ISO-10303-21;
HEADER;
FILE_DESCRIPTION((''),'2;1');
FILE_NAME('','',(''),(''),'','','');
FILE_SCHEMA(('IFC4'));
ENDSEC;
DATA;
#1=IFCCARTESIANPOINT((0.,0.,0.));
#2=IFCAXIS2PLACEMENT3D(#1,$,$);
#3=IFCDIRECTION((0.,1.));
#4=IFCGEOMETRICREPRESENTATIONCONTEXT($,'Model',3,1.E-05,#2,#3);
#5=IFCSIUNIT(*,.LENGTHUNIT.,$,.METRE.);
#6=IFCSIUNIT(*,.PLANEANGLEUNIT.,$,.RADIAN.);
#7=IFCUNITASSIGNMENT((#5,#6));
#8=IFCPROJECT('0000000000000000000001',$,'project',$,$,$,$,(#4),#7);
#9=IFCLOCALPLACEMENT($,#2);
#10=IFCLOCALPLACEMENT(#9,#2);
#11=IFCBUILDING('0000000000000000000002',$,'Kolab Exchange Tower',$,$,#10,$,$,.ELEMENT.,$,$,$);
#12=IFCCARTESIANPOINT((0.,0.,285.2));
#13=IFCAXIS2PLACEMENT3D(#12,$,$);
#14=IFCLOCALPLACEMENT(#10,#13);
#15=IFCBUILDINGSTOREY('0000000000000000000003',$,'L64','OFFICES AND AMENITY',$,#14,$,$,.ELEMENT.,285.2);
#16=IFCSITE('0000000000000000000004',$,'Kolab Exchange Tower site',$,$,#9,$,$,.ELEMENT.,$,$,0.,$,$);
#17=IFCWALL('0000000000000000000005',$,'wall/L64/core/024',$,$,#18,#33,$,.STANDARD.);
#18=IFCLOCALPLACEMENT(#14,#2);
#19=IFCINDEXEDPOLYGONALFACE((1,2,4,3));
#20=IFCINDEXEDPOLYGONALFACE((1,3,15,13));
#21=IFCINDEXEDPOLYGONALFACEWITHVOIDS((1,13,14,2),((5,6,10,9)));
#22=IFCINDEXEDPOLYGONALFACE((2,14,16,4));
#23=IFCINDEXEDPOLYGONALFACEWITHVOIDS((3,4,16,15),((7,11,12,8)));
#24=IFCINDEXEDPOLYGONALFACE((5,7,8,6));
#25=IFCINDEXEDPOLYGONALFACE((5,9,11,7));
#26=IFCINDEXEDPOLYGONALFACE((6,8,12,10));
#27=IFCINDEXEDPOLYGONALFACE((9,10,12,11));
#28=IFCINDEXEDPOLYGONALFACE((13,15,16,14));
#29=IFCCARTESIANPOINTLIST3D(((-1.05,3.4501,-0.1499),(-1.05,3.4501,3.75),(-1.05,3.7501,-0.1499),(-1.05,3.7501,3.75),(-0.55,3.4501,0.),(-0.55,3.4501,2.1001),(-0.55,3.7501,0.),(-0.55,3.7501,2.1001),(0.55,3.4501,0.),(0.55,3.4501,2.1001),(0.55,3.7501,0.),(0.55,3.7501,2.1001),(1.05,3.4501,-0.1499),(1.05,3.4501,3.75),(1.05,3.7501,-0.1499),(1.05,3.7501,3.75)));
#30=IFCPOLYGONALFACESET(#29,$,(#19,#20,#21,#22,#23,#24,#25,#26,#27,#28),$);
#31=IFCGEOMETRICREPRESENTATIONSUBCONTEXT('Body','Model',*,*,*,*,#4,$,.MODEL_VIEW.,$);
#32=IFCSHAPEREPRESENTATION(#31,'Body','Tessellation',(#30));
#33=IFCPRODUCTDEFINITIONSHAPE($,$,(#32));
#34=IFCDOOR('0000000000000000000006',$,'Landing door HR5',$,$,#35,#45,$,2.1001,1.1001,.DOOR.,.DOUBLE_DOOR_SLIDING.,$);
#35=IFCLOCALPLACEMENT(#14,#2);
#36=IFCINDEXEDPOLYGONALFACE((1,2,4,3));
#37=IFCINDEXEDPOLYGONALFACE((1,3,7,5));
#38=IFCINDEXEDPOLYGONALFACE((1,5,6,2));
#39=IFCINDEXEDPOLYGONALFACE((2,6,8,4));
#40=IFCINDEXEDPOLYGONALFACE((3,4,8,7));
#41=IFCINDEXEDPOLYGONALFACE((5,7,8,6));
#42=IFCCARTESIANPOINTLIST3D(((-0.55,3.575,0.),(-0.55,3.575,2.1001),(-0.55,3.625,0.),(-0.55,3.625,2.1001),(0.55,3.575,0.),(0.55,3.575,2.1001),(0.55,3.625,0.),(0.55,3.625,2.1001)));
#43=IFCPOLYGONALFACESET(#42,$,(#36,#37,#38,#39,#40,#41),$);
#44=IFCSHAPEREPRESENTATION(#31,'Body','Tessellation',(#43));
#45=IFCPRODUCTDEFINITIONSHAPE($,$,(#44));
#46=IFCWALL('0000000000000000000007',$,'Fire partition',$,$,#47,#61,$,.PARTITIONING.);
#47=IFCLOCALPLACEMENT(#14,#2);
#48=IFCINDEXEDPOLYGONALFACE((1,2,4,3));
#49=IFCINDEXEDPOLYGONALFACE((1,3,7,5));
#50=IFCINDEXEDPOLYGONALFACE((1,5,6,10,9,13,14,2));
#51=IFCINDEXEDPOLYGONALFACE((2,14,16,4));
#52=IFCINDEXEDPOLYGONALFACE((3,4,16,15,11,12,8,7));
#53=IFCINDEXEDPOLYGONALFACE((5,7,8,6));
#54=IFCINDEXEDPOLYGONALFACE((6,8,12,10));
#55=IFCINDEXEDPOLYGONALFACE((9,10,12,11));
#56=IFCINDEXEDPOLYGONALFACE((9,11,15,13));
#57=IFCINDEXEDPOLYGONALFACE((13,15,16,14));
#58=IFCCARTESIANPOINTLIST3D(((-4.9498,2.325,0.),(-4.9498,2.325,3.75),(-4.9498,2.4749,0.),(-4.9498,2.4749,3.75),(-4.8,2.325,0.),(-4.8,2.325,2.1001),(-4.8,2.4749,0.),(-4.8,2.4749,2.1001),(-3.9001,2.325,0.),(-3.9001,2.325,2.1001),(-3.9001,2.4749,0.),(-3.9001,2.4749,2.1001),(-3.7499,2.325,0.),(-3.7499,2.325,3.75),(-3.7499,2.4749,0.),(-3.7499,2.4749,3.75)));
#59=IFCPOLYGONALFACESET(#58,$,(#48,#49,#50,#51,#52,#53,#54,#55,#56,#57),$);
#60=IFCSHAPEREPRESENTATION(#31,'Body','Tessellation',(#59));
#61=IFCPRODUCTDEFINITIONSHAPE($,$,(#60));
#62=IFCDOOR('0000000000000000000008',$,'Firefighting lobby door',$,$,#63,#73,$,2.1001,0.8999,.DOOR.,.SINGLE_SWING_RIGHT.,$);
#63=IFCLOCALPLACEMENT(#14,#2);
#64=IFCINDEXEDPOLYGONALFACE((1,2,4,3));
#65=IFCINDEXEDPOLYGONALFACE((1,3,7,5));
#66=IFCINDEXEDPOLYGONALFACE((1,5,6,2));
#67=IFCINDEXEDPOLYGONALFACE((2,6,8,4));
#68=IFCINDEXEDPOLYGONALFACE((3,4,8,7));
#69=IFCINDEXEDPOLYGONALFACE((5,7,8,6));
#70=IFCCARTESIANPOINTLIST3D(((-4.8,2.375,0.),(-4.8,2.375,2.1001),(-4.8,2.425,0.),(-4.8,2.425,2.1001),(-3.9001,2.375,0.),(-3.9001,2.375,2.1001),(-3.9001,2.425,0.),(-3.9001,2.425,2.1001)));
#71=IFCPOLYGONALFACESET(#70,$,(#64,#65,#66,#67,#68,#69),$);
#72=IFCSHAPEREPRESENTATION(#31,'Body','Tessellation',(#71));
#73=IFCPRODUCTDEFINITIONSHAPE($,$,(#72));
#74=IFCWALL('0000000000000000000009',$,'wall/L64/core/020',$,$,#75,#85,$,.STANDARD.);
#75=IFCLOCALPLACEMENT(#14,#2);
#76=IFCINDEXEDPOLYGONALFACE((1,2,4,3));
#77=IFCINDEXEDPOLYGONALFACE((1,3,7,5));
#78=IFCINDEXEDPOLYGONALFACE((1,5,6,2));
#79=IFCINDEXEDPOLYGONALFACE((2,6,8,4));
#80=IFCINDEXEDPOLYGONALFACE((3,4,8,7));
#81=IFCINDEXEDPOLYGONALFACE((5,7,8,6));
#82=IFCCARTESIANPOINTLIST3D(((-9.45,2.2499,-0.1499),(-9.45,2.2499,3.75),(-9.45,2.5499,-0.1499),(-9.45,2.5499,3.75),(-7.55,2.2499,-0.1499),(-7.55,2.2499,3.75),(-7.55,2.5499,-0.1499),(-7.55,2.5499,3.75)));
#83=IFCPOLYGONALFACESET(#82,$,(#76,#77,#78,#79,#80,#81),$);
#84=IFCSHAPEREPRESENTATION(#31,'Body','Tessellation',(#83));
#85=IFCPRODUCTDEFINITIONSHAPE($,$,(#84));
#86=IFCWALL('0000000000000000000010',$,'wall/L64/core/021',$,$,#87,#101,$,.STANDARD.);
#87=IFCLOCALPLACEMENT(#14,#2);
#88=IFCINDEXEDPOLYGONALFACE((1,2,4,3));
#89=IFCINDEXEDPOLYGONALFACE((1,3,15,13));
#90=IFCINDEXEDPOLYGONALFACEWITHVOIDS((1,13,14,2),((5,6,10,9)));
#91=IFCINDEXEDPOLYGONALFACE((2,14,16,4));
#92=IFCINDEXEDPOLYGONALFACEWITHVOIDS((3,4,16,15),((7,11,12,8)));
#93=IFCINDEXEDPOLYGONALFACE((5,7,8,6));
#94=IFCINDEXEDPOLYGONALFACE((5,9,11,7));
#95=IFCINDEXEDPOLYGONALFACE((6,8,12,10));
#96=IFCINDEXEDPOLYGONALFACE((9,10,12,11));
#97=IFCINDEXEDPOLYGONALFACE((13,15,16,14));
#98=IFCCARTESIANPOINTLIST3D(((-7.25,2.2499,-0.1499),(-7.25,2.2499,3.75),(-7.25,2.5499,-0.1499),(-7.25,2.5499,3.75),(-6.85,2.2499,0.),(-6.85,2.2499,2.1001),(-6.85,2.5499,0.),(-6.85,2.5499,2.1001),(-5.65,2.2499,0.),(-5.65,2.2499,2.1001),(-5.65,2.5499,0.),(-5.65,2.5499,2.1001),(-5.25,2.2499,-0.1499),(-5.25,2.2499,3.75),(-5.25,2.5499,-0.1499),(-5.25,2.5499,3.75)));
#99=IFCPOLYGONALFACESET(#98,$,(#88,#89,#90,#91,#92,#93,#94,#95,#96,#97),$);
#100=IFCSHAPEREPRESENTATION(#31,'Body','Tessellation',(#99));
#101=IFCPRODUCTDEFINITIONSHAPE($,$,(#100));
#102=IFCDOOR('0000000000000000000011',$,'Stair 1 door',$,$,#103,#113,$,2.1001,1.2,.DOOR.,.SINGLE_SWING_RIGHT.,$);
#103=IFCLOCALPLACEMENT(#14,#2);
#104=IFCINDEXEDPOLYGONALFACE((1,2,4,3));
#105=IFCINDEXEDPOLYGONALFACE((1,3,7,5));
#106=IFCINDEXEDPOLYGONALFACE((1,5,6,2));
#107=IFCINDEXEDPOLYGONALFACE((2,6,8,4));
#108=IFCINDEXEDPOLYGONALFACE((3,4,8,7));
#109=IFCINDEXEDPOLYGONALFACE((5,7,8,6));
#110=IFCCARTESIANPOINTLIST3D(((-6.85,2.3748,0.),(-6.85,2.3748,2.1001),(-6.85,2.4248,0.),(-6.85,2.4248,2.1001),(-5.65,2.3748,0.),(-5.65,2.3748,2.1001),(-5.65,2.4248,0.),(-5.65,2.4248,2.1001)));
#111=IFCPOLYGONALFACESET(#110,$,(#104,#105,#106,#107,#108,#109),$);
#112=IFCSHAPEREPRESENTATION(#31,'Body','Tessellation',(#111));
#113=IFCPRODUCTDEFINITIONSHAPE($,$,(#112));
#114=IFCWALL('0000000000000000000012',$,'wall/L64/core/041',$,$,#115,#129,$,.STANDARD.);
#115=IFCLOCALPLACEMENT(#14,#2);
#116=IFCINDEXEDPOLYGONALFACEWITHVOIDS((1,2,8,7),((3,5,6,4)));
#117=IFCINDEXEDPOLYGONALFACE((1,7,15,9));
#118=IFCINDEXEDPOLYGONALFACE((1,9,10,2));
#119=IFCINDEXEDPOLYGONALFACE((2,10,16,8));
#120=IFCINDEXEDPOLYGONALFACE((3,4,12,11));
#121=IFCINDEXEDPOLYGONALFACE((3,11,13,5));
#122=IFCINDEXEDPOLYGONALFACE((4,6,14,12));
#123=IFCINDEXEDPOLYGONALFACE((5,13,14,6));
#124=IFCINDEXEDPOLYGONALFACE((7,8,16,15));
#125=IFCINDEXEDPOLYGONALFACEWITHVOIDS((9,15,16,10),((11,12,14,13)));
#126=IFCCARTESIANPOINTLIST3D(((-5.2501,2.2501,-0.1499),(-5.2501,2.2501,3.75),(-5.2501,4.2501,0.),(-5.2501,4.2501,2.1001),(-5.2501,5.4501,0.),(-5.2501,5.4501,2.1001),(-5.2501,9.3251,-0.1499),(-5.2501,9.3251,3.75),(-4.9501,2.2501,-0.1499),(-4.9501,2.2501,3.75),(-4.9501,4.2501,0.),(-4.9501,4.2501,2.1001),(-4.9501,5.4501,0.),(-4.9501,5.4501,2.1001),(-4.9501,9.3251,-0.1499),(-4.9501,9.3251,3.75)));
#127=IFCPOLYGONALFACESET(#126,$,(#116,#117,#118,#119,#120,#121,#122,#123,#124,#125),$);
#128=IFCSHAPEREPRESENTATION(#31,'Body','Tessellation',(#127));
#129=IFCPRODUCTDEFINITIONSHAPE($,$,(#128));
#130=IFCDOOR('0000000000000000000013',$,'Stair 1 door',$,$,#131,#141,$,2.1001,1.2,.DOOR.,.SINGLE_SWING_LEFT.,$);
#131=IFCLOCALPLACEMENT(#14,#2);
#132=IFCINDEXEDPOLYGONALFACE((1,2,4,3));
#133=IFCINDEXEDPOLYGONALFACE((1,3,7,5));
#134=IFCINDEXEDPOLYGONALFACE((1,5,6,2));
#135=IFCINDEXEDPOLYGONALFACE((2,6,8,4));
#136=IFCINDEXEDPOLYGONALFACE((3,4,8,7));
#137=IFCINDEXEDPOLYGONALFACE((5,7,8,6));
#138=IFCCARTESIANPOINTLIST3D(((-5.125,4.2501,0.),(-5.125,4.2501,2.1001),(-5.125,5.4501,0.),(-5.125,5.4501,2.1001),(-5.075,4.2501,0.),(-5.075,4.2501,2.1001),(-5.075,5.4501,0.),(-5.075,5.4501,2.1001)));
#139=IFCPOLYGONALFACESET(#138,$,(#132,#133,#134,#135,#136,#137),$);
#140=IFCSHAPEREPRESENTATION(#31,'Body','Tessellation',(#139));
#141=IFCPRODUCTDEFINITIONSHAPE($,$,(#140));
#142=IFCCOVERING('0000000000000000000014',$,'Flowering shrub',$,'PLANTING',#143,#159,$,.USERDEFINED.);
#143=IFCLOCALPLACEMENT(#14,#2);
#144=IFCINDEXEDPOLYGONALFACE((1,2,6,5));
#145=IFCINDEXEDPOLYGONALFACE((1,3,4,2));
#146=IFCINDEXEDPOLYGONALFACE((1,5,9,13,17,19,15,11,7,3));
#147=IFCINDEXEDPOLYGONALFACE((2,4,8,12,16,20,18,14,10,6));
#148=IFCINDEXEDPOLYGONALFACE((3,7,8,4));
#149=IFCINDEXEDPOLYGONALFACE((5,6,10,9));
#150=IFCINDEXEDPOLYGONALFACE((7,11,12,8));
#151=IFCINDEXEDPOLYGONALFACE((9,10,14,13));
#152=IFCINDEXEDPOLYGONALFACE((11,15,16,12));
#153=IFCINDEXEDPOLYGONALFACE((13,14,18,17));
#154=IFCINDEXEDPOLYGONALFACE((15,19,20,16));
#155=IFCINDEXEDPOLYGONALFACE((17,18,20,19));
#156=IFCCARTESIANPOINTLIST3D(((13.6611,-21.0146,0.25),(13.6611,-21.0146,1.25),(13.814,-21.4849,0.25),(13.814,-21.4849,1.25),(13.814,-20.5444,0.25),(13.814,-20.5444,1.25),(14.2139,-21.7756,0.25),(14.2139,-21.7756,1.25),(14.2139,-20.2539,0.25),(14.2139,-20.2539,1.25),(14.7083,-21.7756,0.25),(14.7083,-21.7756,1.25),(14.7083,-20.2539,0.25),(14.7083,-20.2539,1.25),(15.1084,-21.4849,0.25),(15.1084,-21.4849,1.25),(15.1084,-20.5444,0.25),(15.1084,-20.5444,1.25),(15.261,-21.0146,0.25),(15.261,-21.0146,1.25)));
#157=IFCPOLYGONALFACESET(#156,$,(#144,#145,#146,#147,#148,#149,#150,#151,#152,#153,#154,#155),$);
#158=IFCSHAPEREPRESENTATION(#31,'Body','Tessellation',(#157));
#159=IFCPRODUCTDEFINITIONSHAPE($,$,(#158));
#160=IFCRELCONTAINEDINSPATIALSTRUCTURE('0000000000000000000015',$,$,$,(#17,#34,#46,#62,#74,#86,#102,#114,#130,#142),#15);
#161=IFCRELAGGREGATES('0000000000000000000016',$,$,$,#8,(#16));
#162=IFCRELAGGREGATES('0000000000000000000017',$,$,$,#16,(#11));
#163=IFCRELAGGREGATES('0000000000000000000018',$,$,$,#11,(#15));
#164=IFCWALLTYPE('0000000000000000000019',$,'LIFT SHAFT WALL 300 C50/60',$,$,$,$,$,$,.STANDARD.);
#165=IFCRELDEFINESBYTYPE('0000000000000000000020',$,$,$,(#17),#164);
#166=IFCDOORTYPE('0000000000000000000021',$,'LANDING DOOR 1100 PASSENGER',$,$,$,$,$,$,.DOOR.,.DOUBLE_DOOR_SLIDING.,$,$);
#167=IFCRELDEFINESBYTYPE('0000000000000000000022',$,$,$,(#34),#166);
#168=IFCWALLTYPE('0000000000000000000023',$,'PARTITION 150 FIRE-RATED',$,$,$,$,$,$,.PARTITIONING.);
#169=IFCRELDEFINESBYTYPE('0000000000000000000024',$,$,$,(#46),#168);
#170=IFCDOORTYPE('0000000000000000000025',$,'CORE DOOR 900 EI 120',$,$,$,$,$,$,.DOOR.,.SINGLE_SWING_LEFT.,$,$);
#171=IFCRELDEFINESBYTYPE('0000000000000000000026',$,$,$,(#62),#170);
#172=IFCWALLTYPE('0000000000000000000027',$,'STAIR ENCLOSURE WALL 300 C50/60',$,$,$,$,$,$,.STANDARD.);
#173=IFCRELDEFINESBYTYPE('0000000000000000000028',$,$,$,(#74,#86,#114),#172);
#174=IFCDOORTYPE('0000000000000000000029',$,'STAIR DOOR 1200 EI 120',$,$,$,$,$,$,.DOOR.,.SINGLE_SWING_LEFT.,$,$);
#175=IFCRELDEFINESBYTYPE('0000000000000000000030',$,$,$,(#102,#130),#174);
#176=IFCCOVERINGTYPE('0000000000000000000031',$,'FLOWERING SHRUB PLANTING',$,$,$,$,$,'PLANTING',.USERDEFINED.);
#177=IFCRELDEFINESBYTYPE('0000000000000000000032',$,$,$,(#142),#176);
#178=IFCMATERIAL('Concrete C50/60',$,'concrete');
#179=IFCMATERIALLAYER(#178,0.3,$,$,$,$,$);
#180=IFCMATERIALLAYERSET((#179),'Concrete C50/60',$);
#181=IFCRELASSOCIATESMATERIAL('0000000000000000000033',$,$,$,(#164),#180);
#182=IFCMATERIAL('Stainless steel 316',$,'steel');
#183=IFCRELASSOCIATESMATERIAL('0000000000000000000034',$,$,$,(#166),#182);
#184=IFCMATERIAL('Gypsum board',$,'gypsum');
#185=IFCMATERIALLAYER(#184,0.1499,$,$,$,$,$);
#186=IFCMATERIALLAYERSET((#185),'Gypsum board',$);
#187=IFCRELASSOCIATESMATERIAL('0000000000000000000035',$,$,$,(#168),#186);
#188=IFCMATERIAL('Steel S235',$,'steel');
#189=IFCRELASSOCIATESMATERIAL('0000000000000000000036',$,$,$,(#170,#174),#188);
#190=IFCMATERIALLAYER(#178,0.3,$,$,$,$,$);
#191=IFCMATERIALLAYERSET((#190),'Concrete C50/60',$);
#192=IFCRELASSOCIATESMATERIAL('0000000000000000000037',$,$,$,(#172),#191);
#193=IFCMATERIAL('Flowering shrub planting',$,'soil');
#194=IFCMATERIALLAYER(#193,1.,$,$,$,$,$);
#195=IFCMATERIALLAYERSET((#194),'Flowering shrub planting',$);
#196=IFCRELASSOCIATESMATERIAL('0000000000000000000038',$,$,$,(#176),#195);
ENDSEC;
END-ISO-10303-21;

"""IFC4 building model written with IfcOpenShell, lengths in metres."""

from ifc_helpers import new_model, si_unit, direction, frame, frame_2d, origin, place, context, subcontext, project, spatial, polyline, rectangle, outline, extrude, material, layer, layer_set, type_object, element, fill, save


model = new_model("IFC4")

# Units and contexts
model_context = context("Model", 3, precision=1e-05, world=origin(), true_north=direction((0.0, 1.0)))
body_context = subcontext(model_context, "Body", "Model", "MODEL_VIEW")
ifc_project = project(units=[si_unit("LENGTHUNIT", "METRE"), si_unit("PLANEANGLEUNIT", "RADIAN")], contexts=[model_context])

# Site, building, storey
site_placement = place(None, origin())
site = spatial("IfcSite", under=ifc_project, at=site_placement, Name="Kolab Exchange Tower site", CompositionType="ELEMENT", RefElevation=0.0)
building_placement = place(site_placement, origin())
building = spatial("IfcBuilding", under=site, at=building_placement, Name="Kolab Exchange Tower", CompositionType="ELEMENT")
storey_placement = place(building_placement, frame((0.0, 0.0, 285.2)))
storey = spatial("IfcBuildingStorey", under=building, at=storey_placement, Name="L64", Description="OFFICES AND AMENITY", CompositionType="ELEMENT", Elevation=285.2)

# Walls, openings, doors
ifc_material_1 = material(Name="Concrete C50/60", Category="concrete")
ifc_layer_1 = layer(ifc_material_1, 0.3)
ifc_layer_set_1 = layer_set([ifc_layer_1], Name="Concrete C50/60")
wall_type_1 = type_object("IfcWallType", Name="LIFT SHAFT WALL 300 C50/60", PredefinedType="STANDARD", material=ifc_layer_set_1)
ifc_material_2 = material(Name="Stainless steel 316", Category="steel")
door_type_1 = type_object("IfcDoorType", Name="LANDING DOOR 1100 PASSENGER", OperationType="DOUBLE_DOOR_SLIDING", PredefinedType="DOOR", material=ifc_material_2)
wall_1_placement = place(storey_placement, frame((-1.05, 3.6001, -0.1499), z_axis=(0.0, 0.0, 1.0), x_axis=(1.0, 0.0, 0.0)))
wall_1 = element("IfcWall", 1, at=wall_1_placement, inside=storey, type_object=wall_type_1, Name="wall/L64/core/024", PredefinedType="STANDARD", context=body_context, shape_type="SweptSolid", body=[
    extrude(rectangle(XDim=2.1001, YDim=0.3, at=frame_2d((1.05, 0.0))), origin(), (0.0, 0.0, 1.0), 3.8999),
])
opening_1_placement = place(wall_1_placement, frame((0.5, 0.0, 0.1499)))
opening_1 = element("IfcOpeningElement", 2, at=opening_1_placement, cuts=wall_1, PredefinedType="OPENING", context=body_context, shape_type="SweptSolid", body=[
    extrude(rectangle(XDim=1.1001, YDim=2.1001, at=frame_2d((0.55, 1.05))), frame((0.0, 0.1602, 0.0), z_axis=(0.0, -1.0, 0.0), x_axis=(1.0, 0.0, 0.0)), (0.0, 0.0, 1.0), 0.3201),
])
door_1_placement = place(opening_1_placement, origin())
door_1 = element("IfcDoor", 3, at=door_1_placement, inside=storey, type_object=door_type_1, Name="Landing door HR5", OperationType="DOUBLE_DOOR_SLIDING", OverallHeight=2.1001, OverallWidth=1.1001, PredefinedType="DOOR", context=body_context, shape_type="SweptSolid", body=[
    extrude(rectangle(XDim=1.1001, YDim=2.1001, at=frame_2d((0.55, 1.05))), frame((0.0, 0.0249, 0.0), z_axis=(0.0, -1.0, 0.0), x_axis=(1.0, 0.0, 0.0)), (0.0, 0.0, 1.0), 0.05),
])
fill(opening_1, door_1)
ifc_material_3 = material(Name="Gypsum board", Category="gypsum")
ifc_layer_2 = layer(ifc_material_3, 0.1499)
ifc_layer_set_2 = layer_set([ifc_layer_2], Name="Gypsum board")
wall_type_2 = type_object("IfcWallType", Name="PARTITION 150 FIRE-RATED", PredefinedType="PARTITIONING", material=ifc_layer_set_2)
wall_2_placement = place(storey_placement, frame((-4.95, 2.3999, 0.0), z_axis=(0.0, 0.0, 1.0), x_axis=(1.0, 0.0, 0.0)))
wall_2 = element("IfcWall", 4, at=wall_2_placement, inside=storey, type_object=wall_type_2, Name="Fire partition", PredefinedType="PARTITIONING", context=body_context, shape_type="SweptSolid", body=[
    extrude(rectangle(XDim=1.2, YDim=0.1499, at=frame_2d((0.6001, 0.0))), origin(), (0.0, 0.0, 1.0), 3.75),
])
opening_2_placement = place(wall_2_placement, frame((0.1499, 0.0, 0.0)))
opening_2 = element("IfcOpeningElement", 5, at=opening_2_placement, cuts=wall_2, PredefinedType="OPENING", context=body_context, shape_type="SweptSolid", body=[
    extrude(rectangle(XDim=0.8999, YDim=2.1001, at=frame_2d((0.45, 1.05))), frame((0.0, 0.085, 0.0), z_axis=(0.0, -1.0, 0.0), x_axis=(1.0, 0.0, 0.0)), (0.0, 0.0, 1.0), 0.1699),
])
ifc_material_4 = material(Name="Steel S235", Category="steel")
door_type_2 = type_object("IfcDoorType", Name="CORE DOOR 900 EI 120", OperationType="SINGLE_SWING_LEFT", PredefinedType="DOOR", material=ifc_material_4)
door_2_placement = place(opening_2_placement, frame((0.8999, 0.0, 0.0), z_axis=(0.0, 0.0, 1.0), x_axis=(-1.0, 0.0, 0.0)))
door_2 = element("IfcDoor", 6, at=door_2_placement, inside=storey, type_object=door_type_2, Name="Firefighting lobby door", OperationType="SINGLE_SWING_RIGHT", OverallHeight=2.1001, OverallWidth=0.8999, PredefinedType="DOOR", context=body_context, shape_type="SweptSolid", body=[
    extrude(rectangle(XDim=0.8999, YDim=2.1001, at=frame_2d((0.45, 1.05))), frame((0.0, 0.0249, 0.0), z_axis=(0.0, -1.0, 0.0), x_axis=(1.0, 0.0, 0.0)), (0.0, 0.0, 1.0), 0.05),
])
fill(opening_2, door_2)

# Wall
ifc_layer_3 = layer(ifc_material_1, 0.3)
ifc_layer_set_3 = layer_set([ifc_layer_3], Name="Concrete C50/60")
wall_type_3 = type_object("IfcWallType", Name="STAIR ENCLOSURE WALL 300 C50/60", PredefinedType="STANDARD", material=ifc_layer_set_3)
wall_3_placement = place(storey_placement, frame((-9.45, 2.3999, -0.1499), z_axis=(0.0, 0.0, 1.0), x_axis=(1.0, 0.0, 0.0)))
element("IfcWall", 7, at=wall_3_placement, inside=storey, type_object=wall_type_3, Name="wall/L64/core/020", PredefinedType="STANDARD", context=body_context, shape_type="SweptSolid", body=[
    extrude(rectangle(XDim=1.8999, YDim=0.3, at=frame_2d((0.95, 0.0))), origin(), (0.0, 0.0, 1.0), 3.8999),
])

# Walls, openings, doors
wall_4_placement = place(storey_placement, frame((-7.25, 2.3999, -0.1499), z_axis=(0.0, 0.0, 1.0), x_axis=(1.0, 0.0, 0.0)))
wall_4 = element("IfcWall", 8, at=wall_4_placement, inside=storey, type_object=wall_type_3, Name="wall/L64/core/021", PredefinedType="STANDARD", context=body_context, shape_type="SweptSolid", body=[
    extrude(rectangle(XDim=2.0, YDim=0.3, at=frame_2d((1.0, 0.0))), origin(), (0.0, 0.0, 1.0), 3.8999),
])
opening_3_placement = place(wall_4_placement, frame((0.3999, 0.0, 0.1499)))
opening_3 = element("IfcOpeningElement", 9, at=opening_3_placement, cuts=wall_4, PredefinedType="OPENING", context=body_context, shape_type="SweptSolid", body=[
    extrude(rectangle(XDim=1.2, YDim=2.1001, at=frame_2d((0.6001, 1.05))), frame((0.0, 0.1602, 0.0), z_axis=(0.0, -1.0, 0.0), x_axis=(1.0, 0.0, 0.0)), (0.0, 0.0, 1.0), 0.3201),
])
door_type_3 = type_object("IfcDoorType", Name="STAIR DOOR 1200 EI 120", OperationType="SINGLE_SWING_LEFT", PredefinedType="DOOR", material=ifc_material_4)
door_3_placement = place(opening_3_placement, origin())
door_3 = element("IfcDoor", 10, at=door_3_placement, inside=storey, type_object=door_type_3, Name="Stair 1 door", OperationType="SINGLE_SWING_RIGHT", OverallHeight=2.1001, OverallWidth=1.2, PredefinedType="DOOR", context=body_context, shape_type="SweptSolid", body=[
    extrude(rectangle(XDim=1.2, YDim=2.1001, at=frame_2d((0.6001, 1.05))), frame((0.0, 0.0249, 0.0), z_axis=(0.0, -1.0, 0.0), x_axis=(1.0, 0.0, 0.0)), (0.0, 0.0, 1.0), 0.05),
])
fill(opening_3, door_3)
wall_5_placement = place(storey_placement, frame((-5.1001, 2.25, -0.1499), z_axis=(0.0, 0.0, 1.0), x_axis=(0.0, 1.0, 0.0)))
wall_5 = element("IfcWall", 11, at=wall_5_placement, inside=storey, type_object=wall_type_3, Name="wall/L64/core/041", PredefinedType="STANDARD", context=body_context, shape_type="SweptSolid", body=[
    extrude(rectangle(XDim=7.075, YDim=0.3, at=frame_2d((3.5376, 0.0))), origin(), (0.0, 0.0, 1.0), 3.8999),
])
opening_4_placement = place(wall_5_placement, frame((2.0, 0.0, 0.1499)))
opening_4 = element("IfcOpeningElement", 12, at=opening_4_placement, cuts=wall_5, PredefinedType="OPENING", context=body_context, shape_type="SweptSolid", body=[
    extrude(rectangle(XDim=1.2, YDim=2.1001, at=frame_2d((0.6001, 1.05))), frame((0.0, 0.1602, 0.0), z_axis=(0.0, -1.0, 0.0), x_axis=(1.0, 0.0, 0.0)), (0.0, 0.0, 1.0), 0.3201),
])
door_4_placement = place(opening_4_placement, origin())
door_4 = element("IfcDoor", 13, at=door_4_placement, inside=storey, type_object=door_type_3, Name="Stair 1 door", OperationType="SINGLE_SWING_LEFT", OverallHeight=2.1001, OverallWidth=1.2, PredefinedType="DOOR", context=body_context, shape_type="SweptSolid", body=[
    extrude(rectangle(XDim=1.2, YDim=2.1001, at=frame_2d((0.6001, 1.05))), frame((0.0, 0.0249, 0.0), z_axis=(0.0, -1.0, 0.0), x_axis=(1.0, 0.0, 0.0)), (0.0, 0.0, 1.0), 0.05),
])
fill(opening_4, door_4)

# Covering
ifc_material_5 = material(Name="Flowering shrub planting", Category="soil")
ifc_layer_4 = layer(ifc_material_5, 1.0)
ifc_layer_set_4 = layer_set([ifc_layer_4], Name="Flowering shrub planting")
covering_type_1 = type_object("IfcCoveringType", Name="FLOWERING SHRUB PLANTING", ElementType="PLANTING", PredefinedType="USERDEFINED", material=ifc_layer_set_4)
covering_1_placement = place(storey_placement, frame((0.0, 0.0, 0.25)))
element("IfcCovering", 14, at=covering_1_placement, inside=storey, type_object=covering_type_1, Name="Flowering shrub", ObjectType="PLANTING", PredefinedType="USERDEFINED", context=body_context, shape_type="SweptSolid", body=[
    extrude(outline(polyline([(15.261, -21.0146), (15.1084, -20.5444), (14.7083, -20.2539), (14.2139, -20.2539), (13.814, -20.5444), (13.6611, -21.0146), (13.814, -21.4849), (14.2139, -21.7756), (14.7083, -21.7756), (15.1084, -21.4849), (15.261, -21.0146)])), origin(), (0.0, 0.0, 1.0), 1.0),
])

save(model, "model.ifc")
